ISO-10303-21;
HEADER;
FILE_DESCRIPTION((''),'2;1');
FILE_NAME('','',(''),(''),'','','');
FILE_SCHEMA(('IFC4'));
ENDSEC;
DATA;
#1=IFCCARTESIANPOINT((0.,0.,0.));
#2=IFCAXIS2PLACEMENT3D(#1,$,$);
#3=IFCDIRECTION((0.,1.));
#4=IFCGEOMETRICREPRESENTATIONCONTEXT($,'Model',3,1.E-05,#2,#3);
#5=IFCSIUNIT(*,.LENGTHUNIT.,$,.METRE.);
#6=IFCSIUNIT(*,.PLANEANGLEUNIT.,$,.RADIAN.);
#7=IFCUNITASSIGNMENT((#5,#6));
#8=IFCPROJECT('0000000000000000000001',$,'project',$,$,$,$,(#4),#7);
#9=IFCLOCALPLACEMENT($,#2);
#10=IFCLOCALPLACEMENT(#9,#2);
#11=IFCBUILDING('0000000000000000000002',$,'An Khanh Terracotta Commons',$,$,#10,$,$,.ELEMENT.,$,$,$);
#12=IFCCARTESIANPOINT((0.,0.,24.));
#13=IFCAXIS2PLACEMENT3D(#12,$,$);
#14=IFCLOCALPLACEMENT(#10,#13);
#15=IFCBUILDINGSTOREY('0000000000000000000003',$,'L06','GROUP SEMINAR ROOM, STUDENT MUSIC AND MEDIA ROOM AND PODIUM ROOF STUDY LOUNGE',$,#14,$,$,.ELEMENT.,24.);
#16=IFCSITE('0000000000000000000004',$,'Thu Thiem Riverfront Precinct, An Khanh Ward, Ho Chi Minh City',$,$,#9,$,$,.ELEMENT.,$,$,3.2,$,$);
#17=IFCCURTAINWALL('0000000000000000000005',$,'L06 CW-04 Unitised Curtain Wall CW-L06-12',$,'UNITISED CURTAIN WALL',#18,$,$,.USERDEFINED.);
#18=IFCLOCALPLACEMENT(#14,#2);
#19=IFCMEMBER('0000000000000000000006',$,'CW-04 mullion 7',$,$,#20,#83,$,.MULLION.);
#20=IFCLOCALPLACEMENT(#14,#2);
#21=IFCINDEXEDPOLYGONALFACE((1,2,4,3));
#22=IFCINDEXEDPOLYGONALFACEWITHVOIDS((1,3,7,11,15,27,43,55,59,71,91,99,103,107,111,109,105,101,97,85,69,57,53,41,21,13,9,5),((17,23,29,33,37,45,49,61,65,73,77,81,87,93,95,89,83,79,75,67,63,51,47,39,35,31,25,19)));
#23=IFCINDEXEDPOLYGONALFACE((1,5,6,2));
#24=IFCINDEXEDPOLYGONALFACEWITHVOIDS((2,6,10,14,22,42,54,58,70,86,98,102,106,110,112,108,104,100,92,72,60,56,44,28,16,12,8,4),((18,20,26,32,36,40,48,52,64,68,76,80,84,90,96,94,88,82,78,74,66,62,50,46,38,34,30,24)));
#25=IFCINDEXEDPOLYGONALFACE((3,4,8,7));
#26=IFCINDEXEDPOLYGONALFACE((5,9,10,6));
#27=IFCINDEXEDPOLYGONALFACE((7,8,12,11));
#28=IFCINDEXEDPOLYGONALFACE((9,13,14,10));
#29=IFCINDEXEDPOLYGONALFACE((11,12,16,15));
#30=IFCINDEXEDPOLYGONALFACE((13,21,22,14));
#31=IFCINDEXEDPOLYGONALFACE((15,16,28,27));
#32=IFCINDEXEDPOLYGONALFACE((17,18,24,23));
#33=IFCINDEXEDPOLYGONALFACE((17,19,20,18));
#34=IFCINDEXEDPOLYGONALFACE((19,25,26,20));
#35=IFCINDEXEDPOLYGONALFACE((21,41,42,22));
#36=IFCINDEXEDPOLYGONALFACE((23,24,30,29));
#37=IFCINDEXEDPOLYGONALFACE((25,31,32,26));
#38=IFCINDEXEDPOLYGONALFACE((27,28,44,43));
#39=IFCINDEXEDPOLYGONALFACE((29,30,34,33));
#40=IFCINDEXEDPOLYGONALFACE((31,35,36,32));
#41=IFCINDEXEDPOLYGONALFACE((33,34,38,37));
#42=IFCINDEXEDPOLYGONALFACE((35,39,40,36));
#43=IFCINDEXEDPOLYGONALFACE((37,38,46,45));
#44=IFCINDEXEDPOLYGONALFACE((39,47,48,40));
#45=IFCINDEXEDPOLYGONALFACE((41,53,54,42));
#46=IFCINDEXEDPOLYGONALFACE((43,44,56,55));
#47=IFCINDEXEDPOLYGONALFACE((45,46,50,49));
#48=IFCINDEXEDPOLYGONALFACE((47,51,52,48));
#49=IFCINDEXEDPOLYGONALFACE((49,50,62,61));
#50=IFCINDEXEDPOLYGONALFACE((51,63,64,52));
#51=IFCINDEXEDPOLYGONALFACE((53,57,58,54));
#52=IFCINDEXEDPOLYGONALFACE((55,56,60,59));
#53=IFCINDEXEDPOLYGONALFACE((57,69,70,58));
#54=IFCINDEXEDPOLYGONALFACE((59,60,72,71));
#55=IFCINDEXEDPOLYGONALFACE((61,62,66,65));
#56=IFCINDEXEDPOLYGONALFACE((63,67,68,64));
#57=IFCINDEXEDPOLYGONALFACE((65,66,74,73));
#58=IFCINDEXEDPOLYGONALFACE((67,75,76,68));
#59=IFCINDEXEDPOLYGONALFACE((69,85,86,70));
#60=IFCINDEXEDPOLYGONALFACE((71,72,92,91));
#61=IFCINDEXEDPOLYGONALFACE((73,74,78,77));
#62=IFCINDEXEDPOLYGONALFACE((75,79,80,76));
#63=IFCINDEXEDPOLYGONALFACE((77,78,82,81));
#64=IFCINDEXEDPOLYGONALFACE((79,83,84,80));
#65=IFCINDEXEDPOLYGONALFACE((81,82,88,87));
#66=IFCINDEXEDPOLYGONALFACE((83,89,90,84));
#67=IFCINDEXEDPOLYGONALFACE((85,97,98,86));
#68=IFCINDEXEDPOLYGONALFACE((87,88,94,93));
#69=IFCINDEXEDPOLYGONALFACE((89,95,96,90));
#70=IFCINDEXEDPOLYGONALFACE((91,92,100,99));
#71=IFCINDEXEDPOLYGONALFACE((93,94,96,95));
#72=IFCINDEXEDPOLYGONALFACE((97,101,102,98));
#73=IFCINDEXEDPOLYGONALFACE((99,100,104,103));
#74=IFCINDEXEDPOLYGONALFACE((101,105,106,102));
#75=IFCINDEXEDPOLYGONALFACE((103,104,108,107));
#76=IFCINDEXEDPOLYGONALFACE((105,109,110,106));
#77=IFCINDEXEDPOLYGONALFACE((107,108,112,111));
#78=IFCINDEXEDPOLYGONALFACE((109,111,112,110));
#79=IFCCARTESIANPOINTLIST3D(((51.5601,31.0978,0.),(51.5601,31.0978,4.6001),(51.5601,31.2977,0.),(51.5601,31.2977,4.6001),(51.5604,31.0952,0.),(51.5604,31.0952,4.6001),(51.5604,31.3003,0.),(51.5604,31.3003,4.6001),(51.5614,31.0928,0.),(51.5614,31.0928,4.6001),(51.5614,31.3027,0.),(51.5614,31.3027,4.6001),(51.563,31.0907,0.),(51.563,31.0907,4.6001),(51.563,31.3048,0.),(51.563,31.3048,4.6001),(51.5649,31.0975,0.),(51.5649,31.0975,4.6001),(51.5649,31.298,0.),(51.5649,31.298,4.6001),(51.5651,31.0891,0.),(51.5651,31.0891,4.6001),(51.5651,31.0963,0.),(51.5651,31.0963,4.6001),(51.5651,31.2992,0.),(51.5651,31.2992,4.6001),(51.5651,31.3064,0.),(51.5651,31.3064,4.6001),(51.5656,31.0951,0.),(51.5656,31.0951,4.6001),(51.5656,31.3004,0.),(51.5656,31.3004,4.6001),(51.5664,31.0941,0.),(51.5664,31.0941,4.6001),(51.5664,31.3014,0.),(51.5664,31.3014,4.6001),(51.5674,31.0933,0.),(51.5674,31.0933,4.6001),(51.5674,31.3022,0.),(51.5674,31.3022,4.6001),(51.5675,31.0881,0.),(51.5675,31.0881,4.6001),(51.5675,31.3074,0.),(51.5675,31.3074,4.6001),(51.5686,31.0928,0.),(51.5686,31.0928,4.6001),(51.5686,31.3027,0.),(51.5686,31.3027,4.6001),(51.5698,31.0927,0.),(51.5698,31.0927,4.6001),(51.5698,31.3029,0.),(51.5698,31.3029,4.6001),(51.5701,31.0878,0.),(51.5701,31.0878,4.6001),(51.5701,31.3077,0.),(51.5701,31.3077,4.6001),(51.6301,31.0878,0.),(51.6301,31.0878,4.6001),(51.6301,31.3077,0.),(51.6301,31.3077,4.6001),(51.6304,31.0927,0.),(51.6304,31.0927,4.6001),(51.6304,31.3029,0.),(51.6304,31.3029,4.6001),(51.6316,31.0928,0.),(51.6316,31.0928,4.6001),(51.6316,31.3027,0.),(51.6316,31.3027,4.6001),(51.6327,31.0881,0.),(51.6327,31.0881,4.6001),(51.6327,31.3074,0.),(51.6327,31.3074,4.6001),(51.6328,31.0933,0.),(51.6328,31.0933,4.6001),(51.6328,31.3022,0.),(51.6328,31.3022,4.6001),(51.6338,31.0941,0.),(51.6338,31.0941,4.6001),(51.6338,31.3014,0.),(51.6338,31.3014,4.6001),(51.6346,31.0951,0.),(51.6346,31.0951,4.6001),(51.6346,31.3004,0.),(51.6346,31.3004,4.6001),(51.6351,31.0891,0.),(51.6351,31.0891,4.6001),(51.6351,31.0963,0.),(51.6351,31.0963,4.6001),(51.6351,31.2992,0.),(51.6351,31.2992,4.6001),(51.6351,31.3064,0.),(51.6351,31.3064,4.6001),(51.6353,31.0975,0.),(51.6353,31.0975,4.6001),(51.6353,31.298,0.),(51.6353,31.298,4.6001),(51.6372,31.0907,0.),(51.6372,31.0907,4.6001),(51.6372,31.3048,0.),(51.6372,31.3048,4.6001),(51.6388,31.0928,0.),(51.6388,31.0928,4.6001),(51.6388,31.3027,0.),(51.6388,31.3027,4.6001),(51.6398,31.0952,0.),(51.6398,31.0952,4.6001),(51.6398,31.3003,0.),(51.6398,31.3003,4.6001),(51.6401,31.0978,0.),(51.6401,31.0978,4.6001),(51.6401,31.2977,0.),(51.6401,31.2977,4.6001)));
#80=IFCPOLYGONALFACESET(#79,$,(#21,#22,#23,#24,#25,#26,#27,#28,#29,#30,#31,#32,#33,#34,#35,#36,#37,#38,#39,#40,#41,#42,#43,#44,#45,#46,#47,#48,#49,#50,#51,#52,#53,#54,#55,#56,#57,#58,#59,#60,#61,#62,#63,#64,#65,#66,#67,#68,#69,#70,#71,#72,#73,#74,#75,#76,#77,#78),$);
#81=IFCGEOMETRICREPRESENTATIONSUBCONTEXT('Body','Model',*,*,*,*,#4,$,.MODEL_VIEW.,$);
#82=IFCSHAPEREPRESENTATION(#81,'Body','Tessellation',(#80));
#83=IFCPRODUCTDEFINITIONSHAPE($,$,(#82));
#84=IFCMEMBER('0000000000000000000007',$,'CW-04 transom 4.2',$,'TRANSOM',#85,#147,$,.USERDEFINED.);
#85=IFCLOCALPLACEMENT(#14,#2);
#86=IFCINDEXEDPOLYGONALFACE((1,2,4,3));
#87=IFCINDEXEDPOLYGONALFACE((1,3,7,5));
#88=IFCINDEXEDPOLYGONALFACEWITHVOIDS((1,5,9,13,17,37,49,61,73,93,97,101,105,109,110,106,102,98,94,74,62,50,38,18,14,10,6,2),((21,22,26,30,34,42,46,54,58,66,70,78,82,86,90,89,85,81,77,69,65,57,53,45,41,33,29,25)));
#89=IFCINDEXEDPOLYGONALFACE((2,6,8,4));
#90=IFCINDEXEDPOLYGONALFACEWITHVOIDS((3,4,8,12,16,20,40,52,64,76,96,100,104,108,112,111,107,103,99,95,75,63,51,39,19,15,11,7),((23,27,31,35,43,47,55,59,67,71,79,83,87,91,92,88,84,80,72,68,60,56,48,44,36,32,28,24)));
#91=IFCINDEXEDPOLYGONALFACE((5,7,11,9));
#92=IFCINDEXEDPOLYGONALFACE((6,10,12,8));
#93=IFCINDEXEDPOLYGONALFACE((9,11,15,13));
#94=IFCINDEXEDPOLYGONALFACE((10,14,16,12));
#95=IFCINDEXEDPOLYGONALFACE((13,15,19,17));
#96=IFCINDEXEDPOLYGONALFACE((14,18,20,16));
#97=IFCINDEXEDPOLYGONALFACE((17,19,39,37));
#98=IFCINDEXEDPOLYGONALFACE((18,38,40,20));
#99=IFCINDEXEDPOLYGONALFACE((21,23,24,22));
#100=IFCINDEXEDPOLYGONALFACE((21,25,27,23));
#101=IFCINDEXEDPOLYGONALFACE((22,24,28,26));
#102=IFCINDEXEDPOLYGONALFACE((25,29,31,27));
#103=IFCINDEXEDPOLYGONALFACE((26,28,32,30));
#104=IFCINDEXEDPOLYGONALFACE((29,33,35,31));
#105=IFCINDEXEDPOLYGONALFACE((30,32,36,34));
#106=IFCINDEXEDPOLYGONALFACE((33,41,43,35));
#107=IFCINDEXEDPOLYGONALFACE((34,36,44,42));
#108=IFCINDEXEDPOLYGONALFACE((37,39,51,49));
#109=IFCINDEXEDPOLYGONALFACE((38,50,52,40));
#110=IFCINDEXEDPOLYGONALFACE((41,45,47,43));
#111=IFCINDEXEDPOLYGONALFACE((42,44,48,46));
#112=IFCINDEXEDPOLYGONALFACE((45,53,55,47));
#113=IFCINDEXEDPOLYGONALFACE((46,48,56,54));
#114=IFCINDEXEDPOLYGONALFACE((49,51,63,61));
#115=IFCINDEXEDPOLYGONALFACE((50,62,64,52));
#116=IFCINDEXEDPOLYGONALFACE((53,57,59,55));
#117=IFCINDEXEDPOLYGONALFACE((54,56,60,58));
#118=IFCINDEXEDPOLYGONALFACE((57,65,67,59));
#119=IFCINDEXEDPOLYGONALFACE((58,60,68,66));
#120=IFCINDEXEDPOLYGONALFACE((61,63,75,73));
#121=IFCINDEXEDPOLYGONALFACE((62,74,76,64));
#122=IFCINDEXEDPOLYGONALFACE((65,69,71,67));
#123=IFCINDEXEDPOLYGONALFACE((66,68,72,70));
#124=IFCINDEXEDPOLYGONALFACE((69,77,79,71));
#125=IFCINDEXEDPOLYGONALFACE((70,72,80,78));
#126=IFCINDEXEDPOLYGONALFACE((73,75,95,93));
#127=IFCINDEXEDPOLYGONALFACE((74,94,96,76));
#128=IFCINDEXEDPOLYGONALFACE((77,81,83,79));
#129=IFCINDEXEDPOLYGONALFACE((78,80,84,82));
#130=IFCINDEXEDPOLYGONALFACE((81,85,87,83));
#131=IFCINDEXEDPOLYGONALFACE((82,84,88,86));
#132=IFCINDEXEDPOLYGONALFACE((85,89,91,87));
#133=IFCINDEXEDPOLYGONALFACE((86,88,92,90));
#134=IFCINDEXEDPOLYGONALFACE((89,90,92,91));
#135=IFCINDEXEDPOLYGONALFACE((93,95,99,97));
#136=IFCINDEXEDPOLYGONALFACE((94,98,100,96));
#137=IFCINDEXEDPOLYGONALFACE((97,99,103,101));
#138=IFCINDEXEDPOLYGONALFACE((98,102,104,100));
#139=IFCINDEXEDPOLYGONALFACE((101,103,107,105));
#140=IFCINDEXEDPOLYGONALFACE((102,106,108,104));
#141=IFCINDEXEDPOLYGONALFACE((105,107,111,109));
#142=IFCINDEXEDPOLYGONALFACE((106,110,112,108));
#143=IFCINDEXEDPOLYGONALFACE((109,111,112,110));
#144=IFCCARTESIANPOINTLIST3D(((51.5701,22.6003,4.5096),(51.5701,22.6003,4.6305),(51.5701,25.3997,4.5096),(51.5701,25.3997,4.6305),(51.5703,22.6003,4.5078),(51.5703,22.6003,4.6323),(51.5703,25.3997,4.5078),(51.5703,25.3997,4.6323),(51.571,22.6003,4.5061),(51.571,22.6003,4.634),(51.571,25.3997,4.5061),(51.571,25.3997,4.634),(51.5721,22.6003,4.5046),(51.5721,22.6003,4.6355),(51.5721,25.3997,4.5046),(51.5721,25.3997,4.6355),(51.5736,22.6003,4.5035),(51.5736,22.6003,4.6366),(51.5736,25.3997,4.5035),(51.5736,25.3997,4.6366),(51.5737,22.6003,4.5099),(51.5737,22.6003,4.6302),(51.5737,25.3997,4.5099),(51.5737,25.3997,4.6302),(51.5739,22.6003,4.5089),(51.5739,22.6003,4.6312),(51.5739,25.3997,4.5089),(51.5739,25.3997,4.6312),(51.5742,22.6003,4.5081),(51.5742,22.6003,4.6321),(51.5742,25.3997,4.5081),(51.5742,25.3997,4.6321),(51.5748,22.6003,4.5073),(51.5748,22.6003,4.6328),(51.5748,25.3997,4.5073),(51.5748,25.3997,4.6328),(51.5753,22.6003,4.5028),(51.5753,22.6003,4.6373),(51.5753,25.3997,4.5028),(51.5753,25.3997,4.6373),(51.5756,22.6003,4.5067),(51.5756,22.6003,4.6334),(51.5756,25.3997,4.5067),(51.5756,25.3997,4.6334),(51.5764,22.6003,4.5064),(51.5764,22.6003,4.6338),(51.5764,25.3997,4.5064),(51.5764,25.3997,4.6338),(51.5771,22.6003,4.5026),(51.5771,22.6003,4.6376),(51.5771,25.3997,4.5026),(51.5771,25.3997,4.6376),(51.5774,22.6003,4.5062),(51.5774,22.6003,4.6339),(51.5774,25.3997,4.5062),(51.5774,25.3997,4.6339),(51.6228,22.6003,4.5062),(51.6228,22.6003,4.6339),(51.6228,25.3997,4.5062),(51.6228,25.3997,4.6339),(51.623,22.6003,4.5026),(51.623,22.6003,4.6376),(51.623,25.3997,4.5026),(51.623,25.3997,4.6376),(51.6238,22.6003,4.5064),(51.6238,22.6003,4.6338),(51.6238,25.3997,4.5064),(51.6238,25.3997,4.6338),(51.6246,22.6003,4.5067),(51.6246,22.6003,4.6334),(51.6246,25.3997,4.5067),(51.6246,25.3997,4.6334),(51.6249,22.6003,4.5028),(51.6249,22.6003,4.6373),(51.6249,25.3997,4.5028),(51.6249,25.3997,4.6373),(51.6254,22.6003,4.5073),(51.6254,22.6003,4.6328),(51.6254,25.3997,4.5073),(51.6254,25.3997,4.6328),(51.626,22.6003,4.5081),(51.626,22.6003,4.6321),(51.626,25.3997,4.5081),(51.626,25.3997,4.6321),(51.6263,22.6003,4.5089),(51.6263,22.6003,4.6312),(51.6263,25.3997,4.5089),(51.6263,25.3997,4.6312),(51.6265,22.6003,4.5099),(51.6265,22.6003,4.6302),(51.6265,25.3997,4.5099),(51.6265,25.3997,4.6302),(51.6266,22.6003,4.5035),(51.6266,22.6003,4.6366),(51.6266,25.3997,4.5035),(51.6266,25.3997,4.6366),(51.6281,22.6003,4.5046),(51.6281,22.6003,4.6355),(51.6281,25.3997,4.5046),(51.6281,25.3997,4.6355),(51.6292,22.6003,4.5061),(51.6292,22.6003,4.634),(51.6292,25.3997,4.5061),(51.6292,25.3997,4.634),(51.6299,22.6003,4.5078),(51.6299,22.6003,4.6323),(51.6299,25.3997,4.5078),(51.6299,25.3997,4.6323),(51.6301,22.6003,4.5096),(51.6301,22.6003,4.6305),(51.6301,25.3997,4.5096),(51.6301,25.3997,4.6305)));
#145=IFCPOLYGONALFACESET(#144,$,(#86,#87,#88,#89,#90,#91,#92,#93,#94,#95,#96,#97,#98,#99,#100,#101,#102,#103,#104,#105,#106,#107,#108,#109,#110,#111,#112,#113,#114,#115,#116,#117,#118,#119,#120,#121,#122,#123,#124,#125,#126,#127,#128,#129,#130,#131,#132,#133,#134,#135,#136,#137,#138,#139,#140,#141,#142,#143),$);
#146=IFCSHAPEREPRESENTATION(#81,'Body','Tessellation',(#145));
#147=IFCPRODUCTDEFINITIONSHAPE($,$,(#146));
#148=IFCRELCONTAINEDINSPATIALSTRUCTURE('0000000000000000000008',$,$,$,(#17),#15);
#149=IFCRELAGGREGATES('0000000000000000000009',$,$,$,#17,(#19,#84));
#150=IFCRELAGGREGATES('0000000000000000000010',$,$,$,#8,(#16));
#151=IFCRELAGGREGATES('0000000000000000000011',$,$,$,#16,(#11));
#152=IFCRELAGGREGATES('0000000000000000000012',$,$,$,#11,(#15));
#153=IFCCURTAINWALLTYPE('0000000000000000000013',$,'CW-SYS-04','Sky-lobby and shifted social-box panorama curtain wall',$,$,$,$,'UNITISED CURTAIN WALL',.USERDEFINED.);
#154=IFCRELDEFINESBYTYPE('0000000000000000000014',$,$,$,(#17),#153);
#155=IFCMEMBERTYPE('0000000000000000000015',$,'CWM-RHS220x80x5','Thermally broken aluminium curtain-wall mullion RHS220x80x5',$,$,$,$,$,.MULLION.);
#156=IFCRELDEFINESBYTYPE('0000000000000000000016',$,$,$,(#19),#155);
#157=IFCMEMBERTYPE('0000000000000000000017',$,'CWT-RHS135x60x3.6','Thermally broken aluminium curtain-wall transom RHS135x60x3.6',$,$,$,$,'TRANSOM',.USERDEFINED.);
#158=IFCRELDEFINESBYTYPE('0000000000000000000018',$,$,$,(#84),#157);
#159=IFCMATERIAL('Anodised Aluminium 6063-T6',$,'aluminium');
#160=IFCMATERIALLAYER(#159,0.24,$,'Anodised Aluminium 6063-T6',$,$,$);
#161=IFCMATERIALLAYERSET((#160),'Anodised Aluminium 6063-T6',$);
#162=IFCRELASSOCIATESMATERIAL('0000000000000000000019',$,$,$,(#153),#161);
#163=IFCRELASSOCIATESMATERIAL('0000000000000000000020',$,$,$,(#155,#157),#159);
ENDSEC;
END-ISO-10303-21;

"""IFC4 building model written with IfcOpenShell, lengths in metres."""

from ifc_helpers import new_model, si_unit, direction, frame, origin, origin_2d, place, context, subcontext, project, spatial, hollow_rectangle, extrude, material, layer, layer_set, material_profile, profile_set, type_object, element, aggregate, save


model = new_model("IFC4")

# Units and contexts
model_context = context("Model", 3, precision=1e-05, world=origin(), true_north=direction((0.0, 1.0)))
body_context = subcontext(model_context, "Body", "Model", "MODEL_VIEW")
ifc_project = project(units=[si_unit("LENGTHUNIT", "METRE"), si_unit("PLANEANGLEUNIT", "RADIAN")], contexts=[model_context])

# Site, building, storey
site_placement = place(None, origin())
site = spatial("IfcSite", under=ifc_project, at=site_placement, Name="Thu Thiem Riverfront Precinct, An Khanh Ward, Ho Chi Minh City", CompositionType="ELEMENT", RefElevation=3.2)
building_placement = place(site_placement, origin())
building = spatial("IfcBuilding", under=site, at=building_placement, Name="An Khanh Terracotta Commons", CompositionType="ELEMENT")
storey_placement = place(building_placement, frame((0.0, 0.0, 24.0)))
storey = spatial("IfcBuildingStorey", under=building, at=storey_placement, Name="L06", Description="GROUP SEMINAR ROOM, STUDENT MUSIC AND MEDIA ROOM AND PODIUM ROOF STUDY LOUNGE", CompositionType="ELEMENT", Elevation=24.0)

# Curtain wall, members
ifc_material_1 = material(Name="Anodised Aluminium 6063-T6", Category="aluminium")
ifc_layer_1 = layer(ifc_material_1, 0.24, Name="Anodised Aluminium 6063-T6")
ifc_layer_set_1 = layer_set([ifc_layer_1], Name="Anodised Aluminium 6063-T6")
curtain_wall_type = type_object("IfcCurtainWallType", Name="CW-SYS-04", Description="Sky-lobby and shifted social-box panorama curtain wall", ElementType="UNITISED CURTAIN WALL", PredefinedType="USERDEFINED", material=ifc_layer_set_1)
curtain_wall_placement = place(storey_placement, origin())
curtain_wall = element("IfcCurtainWall", 1, at=curtain_wall_placement, inside=storey, type_object=curtain_wall_type, Name="L06 CW-04 Unitised Curtain Wall CW-L06-12", ObjectType="UNITISED CURTAIN WALL", PredefinedType="USERDEFINED")
ifc_material_profile_1 = material_profile(ifc_material_1, hollow_rectangle(XDim=0.0801, YDim=0.22, WallThickness=0.0049, InnerFilletRadius=0.0049, OuterFilletRadius=0.01, at=origin_2d()), Name="RHS220x80x5")
ifc_profile_set_1 = profile_set([ifc_material_profile_1], Name="Anodised Aluminium 6063-T6")
member_type_1 = type_object("IfcMemberType", Name="CWM-RHS220x80x5", Description="Thermally broken aluminium curtain-wall mullion RHS220x80x5", PredefinedType="MULLION", material=ifc_profile_set_1)
member_1_placement = place(storey_placement, frame((51.6001, 31.1978, 0.0), z_axis=(0.0, 0.0, 1.0), x_axis=(-1.0, 0.0, 0.0)))
member_1 = element("IfcMember", 2, at=member_1_placement, type_object=member_type_1, Name="CW-04 mullion 7", PredefinedType="MULLION", context=body_context, shape_type="SweptSolid", body=[
    extrude(hollow_rectangle(XDim=0.0801, YDim=0.22, WallThickness=0.0049, InnerFilletRadius=0.0049, OuterFilletRadius=0.01, at=origin_2d()), origin(), (0.0, 0.0, 1.0), 4.6001),
])
ifc_material_profile_2 = material_profile(ifc_material_1, hollow_rectangle(XDim=0.0601, YDim=0.135, WallThickness=0.0037, InnerFilletRadius=0.0037, OuterFilletRadius=0.0071, at=origin_2d()), Name="RHS135x60x3.6")
ifc_profile_set_2 = profile_set([ifc_material_profile_2], Name="Anodised Aluminium 6063-T6")
member_type_2 = type_object("IfcMemberType", Name="CWT-RHS135x60x3.6", Description="Thermally broken aluminium curtain-wall transom RHS135x60x3.6", ElementType="TRANSOM", PredefinedType="USERDEFINED", material=ifc_profile_set_2)
member_2_placement = place(storey_placement, frame((51.6001, 22.6003, 4.5701), z_axis=(0.0, 1.0, 0.0), x_axis=(-1.0, 0.0, 0.0)))
member_2 = element("IfcMember", 3, at=member_2_placement, type_object=member_type_2, Name="CW-04 transom 4.2", ObjectType="TRANSOM", PredefinedType="USERDEFINED", context=body_context, shape_type="SweptSolid", body=[
    extrude(hollow_rectangle(XDim=0.0601, YDim=0.135, WallThickness=0.0037, InnerFilletRadius=0.0037, OuterFilletRadius=0.0071, at=origin_2d()), origin(), (0.0, 0.0, 1.0), 2.7993),
])
aggregate(curtain_wall, [member_1, member_2])

save(model, "model.ifc")
